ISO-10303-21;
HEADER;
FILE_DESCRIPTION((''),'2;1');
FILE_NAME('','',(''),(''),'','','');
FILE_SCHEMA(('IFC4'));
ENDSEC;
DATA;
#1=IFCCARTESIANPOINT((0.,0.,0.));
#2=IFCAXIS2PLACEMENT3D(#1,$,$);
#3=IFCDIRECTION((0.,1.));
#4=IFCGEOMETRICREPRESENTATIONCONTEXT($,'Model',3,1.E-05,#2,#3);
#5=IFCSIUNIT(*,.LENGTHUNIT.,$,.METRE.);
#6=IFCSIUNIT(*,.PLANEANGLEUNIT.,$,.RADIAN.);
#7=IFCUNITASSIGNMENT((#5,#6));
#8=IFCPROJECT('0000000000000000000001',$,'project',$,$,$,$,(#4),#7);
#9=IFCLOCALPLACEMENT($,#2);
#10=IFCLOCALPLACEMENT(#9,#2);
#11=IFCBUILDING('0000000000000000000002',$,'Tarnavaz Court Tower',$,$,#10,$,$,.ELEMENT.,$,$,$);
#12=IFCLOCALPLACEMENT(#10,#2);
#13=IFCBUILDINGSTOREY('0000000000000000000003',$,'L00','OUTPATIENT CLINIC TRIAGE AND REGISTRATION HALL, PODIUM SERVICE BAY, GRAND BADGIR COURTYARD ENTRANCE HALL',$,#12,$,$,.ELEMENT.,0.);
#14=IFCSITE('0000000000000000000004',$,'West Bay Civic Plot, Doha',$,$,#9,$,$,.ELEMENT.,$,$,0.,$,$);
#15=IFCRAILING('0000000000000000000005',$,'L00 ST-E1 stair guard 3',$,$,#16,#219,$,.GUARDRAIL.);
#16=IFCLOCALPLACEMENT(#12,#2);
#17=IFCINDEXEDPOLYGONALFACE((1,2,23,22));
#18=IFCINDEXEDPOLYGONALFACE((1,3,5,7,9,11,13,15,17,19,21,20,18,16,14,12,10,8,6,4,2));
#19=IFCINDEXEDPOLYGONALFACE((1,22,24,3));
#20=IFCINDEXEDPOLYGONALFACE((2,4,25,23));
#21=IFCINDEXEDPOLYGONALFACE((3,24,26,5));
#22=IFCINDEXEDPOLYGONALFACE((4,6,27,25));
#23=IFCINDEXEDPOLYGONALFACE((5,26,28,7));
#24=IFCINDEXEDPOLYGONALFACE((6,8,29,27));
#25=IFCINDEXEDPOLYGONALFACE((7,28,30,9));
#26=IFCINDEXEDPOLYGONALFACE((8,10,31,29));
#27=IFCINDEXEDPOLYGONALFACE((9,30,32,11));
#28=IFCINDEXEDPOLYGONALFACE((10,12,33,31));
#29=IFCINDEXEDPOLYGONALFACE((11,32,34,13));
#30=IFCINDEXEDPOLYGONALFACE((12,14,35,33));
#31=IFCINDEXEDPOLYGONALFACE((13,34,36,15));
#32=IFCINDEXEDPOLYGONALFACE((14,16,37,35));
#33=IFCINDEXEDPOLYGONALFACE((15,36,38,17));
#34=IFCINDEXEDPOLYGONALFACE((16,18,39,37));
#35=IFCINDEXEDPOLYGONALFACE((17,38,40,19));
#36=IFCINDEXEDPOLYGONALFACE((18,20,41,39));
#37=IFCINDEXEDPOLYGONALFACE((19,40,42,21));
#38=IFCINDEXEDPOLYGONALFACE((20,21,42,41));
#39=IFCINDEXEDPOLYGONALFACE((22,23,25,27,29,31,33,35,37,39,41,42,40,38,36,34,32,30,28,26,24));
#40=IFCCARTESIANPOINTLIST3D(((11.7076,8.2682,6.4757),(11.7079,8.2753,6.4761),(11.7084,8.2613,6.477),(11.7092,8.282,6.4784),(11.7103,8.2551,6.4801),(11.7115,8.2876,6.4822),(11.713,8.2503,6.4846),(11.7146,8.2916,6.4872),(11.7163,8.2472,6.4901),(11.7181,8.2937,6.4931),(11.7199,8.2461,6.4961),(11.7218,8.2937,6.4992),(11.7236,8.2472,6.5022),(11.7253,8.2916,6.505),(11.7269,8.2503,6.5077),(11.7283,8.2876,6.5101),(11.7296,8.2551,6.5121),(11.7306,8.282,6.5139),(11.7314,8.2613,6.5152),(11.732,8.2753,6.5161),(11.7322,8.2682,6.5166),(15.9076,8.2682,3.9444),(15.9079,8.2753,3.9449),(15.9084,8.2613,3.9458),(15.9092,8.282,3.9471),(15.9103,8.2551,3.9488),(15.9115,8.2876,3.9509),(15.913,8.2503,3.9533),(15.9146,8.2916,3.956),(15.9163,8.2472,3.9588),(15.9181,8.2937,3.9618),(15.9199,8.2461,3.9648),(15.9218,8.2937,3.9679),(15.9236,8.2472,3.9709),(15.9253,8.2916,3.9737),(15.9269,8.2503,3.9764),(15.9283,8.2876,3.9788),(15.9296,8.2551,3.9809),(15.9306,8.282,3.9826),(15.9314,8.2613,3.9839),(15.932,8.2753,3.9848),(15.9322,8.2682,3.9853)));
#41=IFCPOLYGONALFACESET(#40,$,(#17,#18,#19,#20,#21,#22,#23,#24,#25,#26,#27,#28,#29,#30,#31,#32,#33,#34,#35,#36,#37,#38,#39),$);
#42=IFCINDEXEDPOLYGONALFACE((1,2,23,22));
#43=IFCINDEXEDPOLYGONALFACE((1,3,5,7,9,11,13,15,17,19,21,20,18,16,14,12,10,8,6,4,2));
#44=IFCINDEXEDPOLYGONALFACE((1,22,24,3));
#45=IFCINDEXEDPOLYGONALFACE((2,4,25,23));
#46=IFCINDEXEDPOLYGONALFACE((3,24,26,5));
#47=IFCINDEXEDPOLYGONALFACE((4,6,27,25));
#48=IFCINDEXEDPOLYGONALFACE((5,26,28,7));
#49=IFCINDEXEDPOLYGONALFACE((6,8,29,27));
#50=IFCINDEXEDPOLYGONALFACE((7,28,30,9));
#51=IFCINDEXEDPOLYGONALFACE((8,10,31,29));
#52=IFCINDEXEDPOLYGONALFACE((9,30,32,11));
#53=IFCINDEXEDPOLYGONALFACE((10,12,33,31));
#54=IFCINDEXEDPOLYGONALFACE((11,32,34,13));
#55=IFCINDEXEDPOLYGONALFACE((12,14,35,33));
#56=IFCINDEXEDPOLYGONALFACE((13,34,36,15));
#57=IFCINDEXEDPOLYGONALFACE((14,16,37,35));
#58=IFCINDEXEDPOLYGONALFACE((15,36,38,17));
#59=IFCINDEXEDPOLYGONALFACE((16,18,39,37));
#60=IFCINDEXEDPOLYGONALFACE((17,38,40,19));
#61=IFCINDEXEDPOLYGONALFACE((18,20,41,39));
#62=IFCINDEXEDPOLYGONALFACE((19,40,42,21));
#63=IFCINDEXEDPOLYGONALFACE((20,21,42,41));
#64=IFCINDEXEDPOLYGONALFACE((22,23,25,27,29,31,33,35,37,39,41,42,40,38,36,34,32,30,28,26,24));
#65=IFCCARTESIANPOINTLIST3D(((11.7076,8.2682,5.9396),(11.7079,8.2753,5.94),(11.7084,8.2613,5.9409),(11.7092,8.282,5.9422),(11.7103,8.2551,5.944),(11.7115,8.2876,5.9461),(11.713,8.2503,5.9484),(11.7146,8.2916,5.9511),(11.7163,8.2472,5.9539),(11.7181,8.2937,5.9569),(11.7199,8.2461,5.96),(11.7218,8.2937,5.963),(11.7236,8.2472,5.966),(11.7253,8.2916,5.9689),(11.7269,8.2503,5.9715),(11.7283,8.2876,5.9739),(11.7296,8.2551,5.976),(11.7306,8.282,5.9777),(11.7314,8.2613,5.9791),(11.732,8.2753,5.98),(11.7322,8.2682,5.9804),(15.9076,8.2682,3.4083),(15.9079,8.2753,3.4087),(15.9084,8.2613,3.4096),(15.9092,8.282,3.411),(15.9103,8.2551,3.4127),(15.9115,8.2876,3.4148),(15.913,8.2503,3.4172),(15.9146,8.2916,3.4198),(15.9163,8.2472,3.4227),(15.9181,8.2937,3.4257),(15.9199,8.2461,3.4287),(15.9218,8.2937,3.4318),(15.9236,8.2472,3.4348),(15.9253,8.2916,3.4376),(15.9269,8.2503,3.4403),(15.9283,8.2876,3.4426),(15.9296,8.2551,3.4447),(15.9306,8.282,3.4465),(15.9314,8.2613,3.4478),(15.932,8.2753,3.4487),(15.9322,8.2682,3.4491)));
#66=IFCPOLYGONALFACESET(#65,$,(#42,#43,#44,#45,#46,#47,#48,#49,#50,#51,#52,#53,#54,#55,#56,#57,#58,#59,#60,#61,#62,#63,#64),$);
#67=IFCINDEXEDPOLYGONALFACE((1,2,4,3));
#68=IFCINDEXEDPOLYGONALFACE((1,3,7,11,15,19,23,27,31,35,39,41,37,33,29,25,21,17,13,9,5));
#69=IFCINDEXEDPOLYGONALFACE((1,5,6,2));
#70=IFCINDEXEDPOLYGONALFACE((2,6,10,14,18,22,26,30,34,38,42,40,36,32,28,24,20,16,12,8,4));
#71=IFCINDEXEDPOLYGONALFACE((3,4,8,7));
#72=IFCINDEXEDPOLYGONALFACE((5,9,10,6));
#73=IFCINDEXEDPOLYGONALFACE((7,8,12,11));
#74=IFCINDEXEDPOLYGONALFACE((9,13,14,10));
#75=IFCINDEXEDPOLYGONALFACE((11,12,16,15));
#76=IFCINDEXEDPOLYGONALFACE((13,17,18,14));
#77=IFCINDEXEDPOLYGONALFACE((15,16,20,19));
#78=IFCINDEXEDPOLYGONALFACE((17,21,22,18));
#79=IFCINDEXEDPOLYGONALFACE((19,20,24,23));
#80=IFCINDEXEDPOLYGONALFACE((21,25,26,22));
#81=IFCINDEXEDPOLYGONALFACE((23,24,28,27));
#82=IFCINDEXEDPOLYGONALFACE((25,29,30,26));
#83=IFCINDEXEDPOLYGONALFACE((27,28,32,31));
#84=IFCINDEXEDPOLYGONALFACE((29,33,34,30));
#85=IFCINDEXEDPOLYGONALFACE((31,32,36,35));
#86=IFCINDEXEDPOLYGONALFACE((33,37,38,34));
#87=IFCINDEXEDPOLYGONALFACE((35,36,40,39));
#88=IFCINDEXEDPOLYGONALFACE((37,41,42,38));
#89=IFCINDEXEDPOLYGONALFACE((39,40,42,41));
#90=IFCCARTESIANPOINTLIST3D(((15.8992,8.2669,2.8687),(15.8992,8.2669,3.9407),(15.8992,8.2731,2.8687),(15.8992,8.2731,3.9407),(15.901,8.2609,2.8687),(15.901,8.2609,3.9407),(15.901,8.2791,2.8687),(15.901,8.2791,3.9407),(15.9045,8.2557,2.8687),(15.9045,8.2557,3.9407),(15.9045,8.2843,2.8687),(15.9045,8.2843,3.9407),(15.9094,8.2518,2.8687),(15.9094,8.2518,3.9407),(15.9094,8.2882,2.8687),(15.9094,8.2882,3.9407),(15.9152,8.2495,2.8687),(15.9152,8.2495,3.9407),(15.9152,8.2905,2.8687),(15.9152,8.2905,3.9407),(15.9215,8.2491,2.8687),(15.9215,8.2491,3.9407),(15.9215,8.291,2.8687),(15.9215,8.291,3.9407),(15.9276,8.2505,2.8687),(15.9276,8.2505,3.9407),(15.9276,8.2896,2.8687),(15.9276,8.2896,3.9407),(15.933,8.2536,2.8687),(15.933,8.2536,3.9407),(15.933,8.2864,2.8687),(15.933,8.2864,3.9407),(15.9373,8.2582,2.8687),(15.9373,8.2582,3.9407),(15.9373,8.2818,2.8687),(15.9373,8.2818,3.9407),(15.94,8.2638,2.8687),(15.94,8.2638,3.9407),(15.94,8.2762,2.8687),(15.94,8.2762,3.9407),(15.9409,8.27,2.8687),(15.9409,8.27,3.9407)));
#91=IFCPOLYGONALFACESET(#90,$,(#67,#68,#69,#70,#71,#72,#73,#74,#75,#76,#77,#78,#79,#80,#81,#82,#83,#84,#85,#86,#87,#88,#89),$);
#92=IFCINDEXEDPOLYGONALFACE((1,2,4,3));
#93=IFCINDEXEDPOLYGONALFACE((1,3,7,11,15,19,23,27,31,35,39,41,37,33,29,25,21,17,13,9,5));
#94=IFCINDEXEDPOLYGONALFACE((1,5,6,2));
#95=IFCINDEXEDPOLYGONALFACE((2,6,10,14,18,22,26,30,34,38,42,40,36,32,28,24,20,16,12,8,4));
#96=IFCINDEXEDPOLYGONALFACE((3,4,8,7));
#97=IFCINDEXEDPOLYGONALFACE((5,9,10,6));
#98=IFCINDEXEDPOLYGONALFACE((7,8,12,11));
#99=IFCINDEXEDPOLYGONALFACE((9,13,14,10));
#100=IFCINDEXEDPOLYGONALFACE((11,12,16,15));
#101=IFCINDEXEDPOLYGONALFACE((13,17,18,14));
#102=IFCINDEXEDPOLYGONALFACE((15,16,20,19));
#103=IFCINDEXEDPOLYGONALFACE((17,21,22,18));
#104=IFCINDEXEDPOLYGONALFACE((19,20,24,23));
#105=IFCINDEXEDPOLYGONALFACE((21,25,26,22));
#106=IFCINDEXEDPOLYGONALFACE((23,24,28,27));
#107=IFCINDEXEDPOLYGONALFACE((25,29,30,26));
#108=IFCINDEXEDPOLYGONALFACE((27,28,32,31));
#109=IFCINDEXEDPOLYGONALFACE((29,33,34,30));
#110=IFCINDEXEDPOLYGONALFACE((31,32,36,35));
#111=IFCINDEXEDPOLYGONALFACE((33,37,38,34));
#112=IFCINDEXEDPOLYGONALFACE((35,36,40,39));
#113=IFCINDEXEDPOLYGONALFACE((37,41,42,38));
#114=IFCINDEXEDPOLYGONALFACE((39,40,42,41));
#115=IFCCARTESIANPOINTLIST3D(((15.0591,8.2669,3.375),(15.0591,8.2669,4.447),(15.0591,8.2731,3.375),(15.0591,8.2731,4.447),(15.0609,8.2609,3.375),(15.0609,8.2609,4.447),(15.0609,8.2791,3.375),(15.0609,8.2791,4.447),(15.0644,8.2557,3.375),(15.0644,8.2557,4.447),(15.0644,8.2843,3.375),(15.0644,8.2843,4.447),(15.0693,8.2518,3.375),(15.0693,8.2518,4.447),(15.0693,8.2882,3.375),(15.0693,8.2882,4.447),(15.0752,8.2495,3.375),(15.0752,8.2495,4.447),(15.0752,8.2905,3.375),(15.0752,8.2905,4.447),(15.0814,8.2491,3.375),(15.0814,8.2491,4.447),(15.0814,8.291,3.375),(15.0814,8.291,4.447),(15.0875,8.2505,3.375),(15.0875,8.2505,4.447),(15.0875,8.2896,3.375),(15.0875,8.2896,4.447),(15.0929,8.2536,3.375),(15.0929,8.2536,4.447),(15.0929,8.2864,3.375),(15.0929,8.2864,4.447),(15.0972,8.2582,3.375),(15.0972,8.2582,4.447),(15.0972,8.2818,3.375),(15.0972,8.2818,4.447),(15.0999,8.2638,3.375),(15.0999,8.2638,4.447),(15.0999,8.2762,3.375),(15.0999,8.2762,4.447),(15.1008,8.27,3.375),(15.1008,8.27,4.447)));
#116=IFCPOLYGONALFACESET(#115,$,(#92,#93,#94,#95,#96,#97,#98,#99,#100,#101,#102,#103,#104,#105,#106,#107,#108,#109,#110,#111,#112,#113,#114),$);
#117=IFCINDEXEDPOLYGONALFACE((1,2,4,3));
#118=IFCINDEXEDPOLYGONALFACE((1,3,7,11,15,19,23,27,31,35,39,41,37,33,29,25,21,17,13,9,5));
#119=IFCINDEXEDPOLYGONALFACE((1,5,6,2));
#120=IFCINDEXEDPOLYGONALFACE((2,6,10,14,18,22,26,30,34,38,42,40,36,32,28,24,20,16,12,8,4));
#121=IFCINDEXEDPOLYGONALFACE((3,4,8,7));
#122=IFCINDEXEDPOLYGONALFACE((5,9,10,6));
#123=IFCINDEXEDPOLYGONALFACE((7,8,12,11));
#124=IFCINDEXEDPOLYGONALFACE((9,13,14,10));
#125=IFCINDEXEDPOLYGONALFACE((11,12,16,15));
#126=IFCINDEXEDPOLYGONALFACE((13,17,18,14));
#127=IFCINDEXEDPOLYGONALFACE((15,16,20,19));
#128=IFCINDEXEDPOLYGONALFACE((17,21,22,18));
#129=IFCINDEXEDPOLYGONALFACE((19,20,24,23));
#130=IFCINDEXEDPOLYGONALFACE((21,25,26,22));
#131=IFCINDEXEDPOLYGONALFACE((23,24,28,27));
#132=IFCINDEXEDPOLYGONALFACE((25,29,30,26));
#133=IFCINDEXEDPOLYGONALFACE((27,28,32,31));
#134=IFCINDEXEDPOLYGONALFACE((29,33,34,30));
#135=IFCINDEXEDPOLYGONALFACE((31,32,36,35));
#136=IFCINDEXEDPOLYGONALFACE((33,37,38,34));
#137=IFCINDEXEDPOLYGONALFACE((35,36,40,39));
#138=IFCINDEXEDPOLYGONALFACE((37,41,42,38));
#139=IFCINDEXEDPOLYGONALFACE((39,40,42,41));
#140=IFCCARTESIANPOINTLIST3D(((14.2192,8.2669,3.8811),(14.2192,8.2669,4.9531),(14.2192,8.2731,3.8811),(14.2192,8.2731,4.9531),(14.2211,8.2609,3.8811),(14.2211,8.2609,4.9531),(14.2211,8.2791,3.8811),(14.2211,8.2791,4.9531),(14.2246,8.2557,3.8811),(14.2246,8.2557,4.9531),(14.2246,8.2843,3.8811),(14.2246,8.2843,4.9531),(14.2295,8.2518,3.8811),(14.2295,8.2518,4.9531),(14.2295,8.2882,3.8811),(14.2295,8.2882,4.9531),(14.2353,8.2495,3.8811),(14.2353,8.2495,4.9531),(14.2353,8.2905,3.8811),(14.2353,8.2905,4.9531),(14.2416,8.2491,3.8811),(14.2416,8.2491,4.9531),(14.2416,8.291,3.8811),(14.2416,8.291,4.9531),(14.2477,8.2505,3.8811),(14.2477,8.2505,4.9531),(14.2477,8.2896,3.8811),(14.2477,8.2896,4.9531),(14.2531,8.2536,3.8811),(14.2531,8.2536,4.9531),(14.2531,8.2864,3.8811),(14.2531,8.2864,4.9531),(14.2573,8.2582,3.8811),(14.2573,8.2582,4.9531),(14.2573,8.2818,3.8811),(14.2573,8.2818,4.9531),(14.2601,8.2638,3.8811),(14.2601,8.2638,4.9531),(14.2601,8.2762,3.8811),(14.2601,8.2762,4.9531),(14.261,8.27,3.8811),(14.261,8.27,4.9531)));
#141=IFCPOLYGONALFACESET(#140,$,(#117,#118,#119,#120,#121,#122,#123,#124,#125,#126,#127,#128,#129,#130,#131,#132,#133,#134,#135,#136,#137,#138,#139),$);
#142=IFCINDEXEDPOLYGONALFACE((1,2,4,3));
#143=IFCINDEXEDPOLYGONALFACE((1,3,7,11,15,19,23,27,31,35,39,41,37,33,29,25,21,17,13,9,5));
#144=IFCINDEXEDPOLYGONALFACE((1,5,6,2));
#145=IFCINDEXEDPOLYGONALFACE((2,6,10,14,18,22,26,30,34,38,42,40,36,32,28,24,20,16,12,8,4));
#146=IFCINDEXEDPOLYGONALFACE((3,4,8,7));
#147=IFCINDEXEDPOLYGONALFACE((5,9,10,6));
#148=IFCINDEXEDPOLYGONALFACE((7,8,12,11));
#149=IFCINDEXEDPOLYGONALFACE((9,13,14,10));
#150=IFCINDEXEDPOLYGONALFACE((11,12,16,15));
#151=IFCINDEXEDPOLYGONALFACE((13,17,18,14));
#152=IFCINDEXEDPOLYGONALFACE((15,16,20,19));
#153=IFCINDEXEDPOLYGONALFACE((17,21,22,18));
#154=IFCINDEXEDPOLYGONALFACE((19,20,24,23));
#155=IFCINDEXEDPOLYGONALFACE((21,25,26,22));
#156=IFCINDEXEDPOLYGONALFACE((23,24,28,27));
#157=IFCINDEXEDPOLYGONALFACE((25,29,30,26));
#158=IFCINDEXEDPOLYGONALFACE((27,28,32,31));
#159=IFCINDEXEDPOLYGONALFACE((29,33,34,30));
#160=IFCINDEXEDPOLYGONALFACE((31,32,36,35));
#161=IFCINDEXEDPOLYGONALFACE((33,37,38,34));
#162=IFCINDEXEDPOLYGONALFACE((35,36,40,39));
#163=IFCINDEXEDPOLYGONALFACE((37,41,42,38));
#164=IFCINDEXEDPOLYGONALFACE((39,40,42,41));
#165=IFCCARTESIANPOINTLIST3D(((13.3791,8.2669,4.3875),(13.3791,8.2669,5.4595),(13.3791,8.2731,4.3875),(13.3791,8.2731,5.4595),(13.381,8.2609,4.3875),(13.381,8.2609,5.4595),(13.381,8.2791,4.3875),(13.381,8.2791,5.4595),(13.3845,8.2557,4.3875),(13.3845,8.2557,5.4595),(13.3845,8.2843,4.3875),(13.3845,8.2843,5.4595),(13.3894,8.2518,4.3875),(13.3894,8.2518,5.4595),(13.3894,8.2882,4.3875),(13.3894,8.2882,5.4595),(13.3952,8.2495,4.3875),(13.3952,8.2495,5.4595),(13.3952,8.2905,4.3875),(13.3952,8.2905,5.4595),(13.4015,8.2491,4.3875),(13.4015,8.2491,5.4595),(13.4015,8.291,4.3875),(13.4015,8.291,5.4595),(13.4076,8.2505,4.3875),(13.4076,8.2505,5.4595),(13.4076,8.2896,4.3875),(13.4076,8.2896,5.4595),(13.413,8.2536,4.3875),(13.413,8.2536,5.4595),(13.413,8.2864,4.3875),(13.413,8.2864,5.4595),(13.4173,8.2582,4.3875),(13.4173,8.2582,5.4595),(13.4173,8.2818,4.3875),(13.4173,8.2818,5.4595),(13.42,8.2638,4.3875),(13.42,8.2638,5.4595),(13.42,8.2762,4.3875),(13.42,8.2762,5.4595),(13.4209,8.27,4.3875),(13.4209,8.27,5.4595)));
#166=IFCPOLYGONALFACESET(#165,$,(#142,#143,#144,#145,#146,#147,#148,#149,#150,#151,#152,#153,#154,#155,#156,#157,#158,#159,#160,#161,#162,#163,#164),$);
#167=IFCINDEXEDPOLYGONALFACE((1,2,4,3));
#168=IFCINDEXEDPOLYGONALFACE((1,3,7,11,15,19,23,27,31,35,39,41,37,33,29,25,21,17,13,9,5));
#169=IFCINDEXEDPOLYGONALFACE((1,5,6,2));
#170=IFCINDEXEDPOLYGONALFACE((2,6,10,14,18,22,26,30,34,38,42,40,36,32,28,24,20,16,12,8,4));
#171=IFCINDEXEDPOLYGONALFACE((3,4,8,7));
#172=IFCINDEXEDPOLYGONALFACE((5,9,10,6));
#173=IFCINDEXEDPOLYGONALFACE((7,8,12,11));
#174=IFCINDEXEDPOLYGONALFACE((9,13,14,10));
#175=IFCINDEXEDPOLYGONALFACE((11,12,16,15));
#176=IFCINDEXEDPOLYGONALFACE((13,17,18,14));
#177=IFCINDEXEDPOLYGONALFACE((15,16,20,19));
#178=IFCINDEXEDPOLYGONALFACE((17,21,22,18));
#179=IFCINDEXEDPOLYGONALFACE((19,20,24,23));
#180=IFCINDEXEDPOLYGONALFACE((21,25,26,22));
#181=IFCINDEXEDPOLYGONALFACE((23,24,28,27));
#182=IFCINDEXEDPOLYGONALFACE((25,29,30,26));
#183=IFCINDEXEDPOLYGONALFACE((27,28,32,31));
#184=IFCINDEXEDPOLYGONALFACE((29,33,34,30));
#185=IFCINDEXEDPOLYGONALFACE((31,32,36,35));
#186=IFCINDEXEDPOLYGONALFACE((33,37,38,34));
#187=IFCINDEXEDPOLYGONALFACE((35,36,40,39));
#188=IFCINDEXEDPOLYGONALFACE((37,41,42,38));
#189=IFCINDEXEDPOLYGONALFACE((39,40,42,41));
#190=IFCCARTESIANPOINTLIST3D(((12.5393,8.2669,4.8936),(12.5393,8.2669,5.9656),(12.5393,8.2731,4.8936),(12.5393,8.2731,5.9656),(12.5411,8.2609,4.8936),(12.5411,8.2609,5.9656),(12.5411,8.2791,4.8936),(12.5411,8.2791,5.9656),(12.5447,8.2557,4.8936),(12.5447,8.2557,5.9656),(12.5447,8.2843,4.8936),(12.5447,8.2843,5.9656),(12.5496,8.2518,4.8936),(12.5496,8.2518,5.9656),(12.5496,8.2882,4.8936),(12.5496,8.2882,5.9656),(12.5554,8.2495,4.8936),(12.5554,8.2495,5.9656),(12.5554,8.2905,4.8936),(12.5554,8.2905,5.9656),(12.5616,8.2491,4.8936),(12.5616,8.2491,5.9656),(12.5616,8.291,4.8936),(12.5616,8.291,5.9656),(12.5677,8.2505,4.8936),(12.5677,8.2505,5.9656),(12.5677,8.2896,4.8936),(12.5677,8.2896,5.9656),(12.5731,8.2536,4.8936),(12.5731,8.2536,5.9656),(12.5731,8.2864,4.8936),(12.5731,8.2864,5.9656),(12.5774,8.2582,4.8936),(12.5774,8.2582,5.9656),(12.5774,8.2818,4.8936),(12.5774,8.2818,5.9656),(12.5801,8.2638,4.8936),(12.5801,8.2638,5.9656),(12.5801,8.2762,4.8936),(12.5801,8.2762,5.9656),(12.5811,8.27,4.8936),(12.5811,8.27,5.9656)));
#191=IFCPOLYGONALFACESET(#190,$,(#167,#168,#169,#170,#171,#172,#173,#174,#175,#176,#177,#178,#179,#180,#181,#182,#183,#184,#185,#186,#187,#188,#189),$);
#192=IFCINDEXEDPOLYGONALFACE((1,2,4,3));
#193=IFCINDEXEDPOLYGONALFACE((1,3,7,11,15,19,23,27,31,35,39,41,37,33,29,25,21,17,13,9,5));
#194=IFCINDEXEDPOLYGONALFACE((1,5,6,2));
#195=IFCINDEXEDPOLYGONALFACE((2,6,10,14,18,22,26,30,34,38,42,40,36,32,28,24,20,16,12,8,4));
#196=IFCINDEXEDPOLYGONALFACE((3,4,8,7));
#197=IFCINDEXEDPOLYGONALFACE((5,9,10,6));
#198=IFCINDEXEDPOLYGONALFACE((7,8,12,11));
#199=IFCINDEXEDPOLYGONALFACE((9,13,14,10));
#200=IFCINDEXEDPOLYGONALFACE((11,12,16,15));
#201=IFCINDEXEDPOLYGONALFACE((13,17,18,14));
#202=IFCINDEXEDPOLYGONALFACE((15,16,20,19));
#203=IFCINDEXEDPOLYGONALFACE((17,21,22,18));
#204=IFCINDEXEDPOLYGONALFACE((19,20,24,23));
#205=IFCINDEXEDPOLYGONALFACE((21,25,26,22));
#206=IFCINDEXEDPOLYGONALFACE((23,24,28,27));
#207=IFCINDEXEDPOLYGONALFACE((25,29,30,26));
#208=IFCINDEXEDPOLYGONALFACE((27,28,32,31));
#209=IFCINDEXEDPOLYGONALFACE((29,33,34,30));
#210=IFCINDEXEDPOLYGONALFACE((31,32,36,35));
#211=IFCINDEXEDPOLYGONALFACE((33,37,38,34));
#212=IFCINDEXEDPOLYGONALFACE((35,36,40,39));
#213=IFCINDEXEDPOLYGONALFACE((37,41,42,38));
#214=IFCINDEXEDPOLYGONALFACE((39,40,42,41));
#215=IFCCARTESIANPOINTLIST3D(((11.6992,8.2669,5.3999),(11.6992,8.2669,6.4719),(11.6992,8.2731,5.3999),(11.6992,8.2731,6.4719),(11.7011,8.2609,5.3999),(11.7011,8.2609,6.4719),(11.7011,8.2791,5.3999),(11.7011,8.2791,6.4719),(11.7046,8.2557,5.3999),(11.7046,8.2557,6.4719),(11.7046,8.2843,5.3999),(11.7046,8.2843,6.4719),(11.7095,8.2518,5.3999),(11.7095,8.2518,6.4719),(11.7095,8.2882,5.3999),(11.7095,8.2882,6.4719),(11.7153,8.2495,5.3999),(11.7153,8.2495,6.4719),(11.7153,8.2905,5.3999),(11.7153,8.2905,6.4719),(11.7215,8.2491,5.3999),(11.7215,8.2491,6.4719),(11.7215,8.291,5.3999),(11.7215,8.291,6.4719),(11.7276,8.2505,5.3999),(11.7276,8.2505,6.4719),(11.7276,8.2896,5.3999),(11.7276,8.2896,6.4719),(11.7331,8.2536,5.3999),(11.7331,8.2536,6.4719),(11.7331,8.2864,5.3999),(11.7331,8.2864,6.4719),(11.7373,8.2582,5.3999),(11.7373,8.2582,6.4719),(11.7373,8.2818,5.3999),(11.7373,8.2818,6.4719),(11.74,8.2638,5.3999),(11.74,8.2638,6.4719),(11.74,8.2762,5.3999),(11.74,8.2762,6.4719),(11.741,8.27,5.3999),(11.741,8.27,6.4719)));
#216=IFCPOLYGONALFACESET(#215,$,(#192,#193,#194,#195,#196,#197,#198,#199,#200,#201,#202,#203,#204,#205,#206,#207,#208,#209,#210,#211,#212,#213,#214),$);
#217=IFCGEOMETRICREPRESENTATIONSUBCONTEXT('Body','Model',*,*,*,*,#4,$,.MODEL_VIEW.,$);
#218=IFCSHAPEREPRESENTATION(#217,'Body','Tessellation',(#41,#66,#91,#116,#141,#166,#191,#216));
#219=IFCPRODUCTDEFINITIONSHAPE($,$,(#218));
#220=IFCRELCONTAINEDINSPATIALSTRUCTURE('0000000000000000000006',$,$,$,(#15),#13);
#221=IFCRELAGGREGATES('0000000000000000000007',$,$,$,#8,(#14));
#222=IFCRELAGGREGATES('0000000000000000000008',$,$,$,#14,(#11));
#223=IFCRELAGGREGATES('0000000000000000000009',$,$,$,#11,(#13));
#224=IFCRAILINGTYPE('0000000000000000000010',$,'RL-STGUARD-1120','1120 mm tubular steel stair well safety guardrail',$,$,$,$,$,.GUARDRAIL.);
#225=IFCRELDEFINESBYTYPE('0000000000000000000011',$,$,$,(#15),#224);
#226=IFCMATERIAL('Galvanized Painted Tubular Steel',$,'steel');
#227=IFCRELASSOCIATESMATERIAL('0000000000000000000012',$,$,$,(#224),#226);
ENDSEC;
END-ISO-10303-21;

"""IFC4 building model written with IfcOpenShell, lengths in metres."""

from ifc_helpers import new_model, si_unit, direction, frame, origin, origin_2d, place, context, subcontext, project, spatial, circle, extrude, material, type_object, element, save


model = new_model("IFC4")

# Units and contexts
model_context = context("Model", 3, precision=1e-05, world=origin(), true_north=direction((0.0, 1.0)))
body_context = subcontext(model_context, "Body", "Model", "MODEL_VIEW")
ifc_project = project(units=[si_unit("LENGTHUNIT", "METRE"), si_unit("PLANEANGLEUNIT", "RADIAN")], contexts=[model_context])

# Site, building, storey
site_placement = place(None, origin())
site = spatial("IfcSite", under=ifc_project, at=site_placement, Name="West Bay Civic Plot, Doha", CompositionType="ELEMENT", RefElevation=0.0)
building_placement = place(site_placement, origin())
building = spatial("IfcBuilding", under=site, at=building_placement, Name="Tarnavaz Court Tower", CompositionType="ELEMENT")
storey_placement = place(building_placement, origin())
storey = spatial("IfcBuildingStorey", under=building, at=storey_placement, Name="L00", Description="OUTPATIENT CLINIC TRIAGE AND REGISTRATION HALL, PODIUM SERVICE BAY, GRAND BADGIR COURTYARD ENTRANCE HALL", CompositionType="ELEMENT", Elevation=0.0)

# Railing
ifc_material_1 = material(Name="Galvanized Painted Tubular Steel", Category="steel")
railing_type_1 = type_object("IfcRailingType", Name="RL-STGUARD-1120", Description="1120 mm tubular steel stair well safety guardrail", PredefinedType="GUARDRAIL", material=ifc_material_1)
railing_1_placement = place(storey_placement, frame((15.9199, 8.27, 2.8687)))
element("IfcRailing", 1, at=railing_1_placement, inside=storey, type_object=railing_type_1, Name="L00 ST-E1 stair guard 3", PredefinedType="GUARDRAIL", context=body_context, shape_type="SweptSolid", body=[
    extrude(circle(Radius=0.0239, at=origin_2d()), frame((0.0, 0.0, 1.0962), z_axis=(-0.856476, 0.0, 0.516186), x_axis=(0.0, -1.0, 0.0)), (0.0, 0.0, 1.0), 4.9038),
    extrude(circle(Radius=0.0239, at=origin_2d()), frame((0.0, 0.0, 0.5601), z_axis=(-0.856476, 0.0, 0.516186), x_axis=(0.0, -1.0, 0.0)), (0.0, 0.0, 1.0), 4.9038),
    extrude(circle(Radius=0.021, at=origin_2d()), origin(), (0.0, 0.0, 1.0), 1.072),
    extrude(circle(Radius=0.021, at=origin_2d()), frame((-0.8401, 0.0, 0.5063)), (0.0, 0.0, 1.0), 1.072),
    extrude(circle(Radius=0.021, at=origin_2d()), frame((-1.6799, 0.0, 1.0125)), (0.0, 0.0, 1.0), 1.072),
    extrude(circle(Radius=0.021, at=origin_2d()), frame((-2.52, 0.0, 1.5188)), (0.0, 0.0, 1.0), 1.072),
    extrude(circle(Radius=0.021, at=origin_2d()), frame((-3.3599, 0.0, 2.0249)), (0.0, 0.0, 1.0), 1.072),
    extrude(circle(Radius=0.021, at=origin_2d()), frame((-4.2, 0.0, 2.5312)), (0.0, 0.0, 1.0), 1.072),
])

save(model, "model.ifc")
